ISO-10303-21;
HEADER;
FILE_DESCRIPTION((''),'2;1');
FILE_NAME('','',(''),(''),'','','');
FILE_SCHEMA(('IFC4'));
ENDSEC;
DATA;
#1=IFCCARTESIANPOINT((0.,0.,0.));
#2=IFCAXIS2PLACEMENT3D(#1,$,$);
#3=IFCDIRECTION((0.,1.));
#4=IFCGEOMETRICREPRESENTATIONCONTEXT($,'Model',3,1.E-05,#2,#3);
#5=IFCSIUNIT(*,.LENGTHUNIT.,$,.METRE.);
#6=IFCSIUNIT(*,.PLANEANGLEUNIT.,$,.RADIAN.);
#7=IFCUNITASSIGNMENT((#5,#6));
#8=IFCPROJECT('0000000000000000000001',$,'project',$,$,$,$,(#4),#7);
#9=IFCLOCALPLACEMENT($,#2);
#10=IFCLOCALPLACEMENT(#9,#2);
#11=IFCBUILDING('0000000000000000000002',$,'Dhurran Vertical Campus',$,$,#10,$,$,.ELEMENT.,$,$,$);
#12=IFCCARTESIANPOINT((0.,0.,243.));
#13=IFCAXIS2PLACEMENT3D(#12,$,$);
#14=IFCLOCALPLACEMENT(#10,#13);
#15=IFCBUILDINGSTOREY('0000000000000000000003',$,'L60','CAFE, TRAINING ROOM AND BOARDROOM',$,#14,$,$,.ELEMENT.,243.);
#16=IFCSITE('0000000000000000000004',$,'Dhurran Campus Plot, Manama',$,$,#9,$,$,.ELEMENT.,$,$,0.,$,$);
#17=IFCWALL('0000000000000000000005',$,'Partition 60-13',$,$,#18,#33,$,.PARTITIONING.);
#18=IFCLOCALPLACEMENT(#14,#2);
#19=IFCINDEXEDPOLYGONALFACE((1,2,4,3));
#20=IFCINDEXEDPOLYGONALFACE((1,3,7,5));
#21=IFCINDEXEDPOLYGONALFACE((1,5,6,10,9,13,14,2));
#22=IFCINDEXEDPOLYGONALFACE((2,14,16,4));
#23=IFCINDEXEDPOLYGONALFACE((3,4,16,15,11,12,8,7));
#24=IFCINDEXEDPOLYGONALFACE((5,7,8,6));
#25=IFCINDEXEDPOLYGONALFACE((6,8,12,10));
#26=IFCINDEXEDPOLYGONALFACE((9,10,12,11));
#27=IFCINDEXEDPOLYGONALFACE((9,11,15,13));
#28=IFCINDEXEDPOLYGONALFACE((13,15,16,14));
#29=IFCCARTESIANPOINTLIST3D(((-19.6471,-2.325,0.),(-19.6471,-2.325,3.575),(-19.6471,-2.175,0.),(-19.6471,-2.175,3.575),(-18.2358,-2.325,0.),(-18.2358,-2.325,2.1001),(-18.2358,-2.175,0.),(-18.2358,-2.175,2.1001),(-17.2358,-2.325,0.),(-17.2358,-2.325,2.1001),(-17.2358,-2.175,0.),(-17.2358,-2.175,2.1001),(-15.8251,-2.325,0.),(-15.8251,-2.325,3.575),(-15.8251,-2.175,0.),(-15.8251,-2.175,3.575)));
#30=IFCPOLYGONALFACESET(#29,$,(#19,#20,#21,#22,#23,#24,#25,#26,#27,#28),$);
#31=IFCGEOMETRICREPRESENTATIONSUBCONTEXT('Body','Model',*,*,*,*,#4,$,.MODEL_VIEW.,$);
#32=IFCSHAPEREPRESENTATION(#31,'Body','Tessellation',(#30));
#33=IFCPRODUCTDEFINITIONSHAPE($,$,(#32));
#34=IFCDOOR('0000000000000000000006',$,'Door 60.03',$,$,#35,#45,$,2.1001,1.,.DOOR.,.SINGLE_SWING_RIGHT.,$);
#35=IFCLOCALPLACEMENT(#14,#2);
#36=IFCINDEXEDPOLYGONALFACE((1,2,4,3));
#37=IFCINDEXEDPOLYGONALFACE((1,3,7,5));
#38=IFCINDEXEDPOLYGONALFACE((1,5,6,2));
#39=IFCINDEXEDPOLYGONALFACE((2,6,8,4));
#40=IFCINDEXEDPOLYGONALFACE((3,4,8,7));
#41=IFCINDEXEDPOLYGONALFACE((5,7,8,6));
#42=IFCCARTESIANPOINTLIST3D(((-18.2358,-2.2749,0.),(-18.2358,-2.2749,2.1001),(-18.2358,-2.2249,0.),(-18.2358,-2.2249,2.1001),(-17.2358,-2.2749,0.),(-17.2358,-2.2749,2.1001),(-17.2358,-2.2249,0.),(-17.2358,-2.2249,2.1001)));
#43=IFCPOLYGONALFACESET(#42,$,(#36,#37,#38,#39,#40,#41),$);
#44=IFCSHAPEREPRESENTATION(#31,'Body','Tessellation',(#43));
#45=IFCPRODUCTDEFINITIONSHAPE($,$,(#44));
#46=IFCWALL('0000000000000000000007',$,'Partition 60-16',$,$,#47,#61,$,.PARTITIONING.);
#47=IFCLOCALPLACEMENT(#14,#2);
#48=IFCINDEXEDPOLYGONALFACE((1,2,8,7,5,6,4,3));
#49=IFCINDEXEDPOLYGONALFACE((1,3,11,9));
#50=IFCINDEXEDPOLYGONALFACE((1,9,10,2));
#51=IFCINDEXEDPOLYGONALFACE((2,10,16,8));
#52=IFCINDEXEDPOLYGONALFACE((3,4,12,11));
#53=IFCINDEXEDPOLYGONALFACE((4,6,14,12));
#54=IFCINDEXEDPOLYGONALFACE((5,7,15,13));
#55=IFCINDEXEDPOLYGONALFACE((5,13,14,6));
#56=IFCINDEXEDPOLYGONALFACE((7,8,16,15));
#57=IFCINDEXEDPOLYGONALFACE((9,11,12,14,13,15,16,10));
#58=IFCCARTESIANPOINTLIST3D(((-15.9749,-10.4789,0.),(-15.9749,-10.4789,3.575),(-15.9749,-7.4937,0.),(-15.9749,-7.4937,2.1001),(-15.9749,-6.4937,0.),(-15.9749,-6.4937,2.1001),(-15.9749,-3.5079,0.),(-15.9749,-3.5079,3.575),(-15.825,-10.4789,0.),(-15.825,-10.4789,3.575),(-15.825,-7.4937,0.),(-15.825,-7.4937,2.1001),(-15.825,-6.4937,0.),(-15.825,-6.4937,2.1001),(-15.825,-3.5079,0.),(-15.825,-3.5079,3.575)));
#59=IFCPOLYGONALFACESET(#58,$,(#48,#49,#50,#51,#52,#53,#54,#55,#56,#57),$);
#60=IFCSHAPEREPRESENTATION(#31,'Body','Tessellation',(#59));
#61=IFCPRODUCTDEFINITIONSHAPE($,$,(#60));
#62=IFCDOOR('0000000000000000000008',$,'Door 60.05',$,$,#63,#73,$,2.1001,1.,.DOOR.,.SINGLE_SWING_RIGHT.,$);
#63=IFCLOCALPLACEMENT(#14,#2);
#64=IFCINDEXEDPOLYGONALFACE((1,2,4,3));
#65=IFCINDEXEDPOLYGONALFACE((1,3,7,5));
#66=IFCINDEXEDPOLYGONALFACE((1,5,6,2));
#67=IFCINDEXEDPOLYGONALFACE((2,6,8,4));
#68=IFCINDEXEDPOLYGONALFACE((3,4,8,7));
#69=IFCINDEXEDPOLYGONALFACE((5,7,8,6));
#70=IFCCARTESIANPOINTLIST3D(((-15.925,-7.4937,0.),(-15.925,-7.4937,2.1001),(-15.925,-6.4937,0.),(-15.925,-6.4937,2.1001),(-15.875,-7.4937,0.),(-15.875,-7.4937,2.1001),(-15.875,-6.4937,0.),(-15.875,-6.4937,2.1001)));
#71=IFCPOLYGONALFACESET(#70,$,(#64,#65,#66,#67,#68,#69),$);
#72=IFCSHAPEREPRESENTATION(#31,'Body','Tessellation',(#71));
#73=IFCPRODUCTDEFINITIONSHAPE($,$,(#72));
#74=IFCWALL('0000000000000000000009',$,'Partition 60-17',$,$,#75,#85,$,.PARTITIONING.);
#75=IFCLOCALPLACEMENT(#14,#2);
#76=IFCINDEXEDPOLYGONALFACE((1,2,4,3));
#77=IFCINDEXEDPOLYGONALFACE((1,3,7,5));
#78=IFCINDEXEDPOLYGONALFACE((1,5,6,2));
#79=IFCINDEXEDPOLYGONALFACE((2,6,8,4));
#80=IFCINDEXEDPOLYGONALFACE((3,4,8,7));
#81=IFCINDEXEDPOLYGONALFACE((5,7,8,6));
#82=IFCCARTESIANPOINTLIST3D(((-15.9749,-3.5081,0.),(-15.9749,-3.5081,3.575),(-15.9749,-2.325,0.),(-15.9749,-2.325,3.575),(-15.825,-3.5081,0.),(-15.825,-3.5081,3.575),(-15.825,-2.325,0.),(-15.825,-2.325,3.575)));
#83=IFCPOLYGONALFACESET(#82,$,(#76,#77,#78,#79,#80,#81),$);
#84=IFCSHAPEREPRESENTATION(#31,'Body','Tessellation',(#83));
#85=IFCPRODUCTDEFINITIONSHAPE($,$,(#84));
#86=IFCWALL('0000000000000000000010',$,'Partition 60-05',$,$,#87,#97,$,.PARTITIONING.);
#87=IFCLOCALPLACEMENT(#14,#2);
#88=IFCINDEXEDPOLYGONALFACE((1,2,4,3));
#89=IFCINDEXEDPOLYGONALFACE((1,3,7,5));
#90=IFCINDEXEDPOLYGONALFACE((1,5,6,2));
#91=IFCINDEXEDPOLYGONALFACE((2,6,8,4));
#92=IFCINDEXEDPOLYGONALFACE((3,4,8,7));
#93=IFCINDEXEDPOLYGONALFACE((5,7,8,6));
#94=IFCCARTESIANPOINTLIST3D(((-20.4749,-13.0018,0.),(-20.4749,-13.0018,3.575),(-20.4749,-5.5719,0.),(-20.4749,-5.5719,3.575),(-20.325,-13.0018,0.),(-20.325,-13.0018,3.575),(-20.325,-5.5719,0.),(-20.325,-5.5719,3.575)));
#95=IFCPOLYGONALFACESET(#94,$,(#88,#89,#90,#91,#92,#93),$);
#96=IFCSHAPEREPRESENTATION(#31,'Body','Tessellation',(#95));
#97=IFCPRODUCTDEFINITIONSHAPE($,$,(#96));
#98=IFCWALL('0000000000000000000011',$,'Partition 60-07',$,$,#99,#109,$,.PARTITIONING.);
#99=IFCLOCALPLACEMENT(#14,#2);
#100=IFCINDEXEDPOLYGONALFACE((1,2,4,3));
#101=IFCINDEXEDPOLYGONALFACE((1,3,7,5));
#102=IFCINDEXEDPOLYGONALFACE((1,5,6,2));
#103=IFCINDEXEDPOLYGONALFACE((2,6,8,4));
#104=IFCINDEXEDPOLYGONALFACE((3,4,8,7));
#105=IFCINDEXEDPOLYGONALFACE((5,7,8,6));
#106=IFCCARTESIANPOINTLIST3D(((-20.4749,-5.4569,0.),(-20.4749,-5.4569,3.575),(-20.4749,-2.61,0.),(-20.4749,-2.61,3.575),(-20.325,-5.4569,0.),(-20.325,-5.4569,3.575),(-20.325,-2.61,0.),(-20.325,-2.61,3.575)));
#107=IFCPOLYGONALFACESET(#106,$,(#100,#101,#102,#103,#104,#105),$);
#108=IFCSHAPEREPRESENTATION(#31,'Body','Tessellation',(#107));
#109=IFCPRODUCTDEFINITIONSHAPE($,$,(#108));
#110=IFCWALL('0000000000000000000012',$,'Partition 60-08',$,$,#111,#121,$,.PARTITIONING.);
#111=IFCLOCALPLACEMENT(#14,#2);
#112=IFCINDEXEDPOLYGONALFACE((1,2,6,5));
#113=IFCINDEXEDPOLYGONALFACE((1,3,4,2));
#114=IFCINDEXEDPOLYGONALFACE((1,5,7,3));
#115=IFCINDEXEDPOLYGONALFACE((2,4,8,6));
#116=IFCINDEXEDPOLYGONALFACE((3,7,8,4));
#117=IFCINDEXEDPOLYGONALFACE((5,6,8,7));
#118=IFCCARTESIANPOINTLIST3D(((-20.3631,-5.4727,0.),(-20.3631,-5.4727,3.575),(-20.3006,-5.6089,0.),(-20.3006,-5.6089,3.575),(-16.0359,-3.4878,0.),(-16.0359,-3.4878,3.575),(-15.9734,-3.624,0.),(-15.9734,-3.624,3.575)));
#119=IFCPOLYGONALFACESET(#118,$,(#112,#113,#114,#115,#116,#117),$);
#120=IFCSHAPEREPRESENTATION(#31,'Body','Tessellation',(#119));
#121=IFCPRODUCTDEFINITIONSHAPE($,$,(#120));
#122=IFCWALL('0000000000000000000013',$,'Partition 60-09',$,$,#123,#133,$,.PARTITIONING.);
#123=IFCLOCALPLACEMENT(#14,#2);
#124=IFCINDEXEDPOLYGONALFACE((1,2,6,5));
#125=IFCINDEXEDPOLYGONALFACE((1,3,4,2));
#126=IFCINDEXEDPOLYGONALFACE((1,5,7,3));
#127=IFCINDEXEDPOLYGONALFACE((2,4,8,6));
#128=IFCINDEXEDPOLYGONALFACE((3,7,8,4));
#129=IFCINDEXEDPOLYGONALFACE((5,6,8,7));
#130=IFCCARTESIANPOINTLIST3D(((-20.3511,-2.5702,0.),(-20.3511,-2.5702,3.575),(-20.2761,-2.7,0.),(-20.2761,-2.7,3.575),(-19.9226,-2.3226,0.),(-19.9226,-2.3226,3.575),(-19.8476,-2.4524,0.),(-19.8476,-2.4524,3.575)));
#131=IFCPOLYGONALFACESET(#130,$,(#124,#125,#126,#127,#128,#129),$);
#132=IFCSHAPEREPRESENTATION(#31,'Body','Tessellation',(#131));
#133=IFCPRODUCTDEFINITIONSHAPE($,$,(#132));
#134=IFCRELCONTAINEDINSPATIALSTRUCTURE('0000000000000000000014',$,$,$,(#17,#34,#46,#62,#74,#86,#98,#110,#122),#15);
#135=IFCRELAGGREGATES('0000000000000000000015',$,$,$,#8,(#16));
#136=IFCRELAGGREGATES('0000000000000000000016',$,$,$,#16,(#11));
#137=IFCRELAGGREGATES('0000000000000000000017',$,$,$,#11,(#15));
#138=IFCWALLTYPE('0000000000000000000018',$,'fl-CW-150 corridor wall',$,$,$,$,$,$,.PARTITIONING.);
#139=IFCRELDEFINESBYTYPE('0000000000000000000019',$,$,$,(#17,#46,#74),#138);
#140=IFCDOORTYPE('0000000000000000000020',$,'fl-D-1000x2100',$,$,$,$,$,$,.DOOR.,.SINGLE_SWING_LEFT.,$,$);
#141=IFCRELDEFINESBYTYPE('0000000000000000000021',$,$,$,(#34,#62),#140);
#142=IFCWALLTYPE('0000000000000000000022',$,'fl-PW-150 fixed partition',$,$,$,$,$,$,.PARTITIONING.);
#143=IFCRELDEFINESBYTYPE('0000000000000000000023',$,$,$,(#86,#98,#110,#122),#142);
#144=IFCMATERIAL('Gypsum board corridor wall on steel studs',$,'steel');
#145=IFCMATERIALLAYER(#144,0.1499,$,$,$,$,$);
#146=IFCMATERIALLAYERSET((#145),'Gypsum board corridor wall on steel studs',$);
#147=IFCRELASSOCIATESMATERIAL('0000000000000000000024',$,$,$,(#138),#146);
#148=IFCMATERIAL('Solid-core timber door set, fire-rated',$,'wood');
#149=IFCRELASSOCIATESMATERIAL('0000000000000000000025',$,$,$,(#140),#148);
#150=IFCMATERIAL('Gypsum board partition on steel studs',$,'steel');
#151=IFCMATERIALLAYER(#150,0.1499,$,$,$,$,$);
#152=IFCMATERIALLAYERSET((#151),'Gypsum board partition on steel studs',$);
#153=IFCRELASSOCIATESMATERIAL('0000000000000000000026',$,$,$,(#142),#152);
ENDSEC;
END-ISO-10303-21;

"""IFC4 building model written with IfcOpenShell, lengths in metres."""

from ifc_helpers import new_model, si_unit, direction, frame, frame_2d, origin, place, context, subcontext, project, spatial, rectangle, extrude, material, layer, layer_set, type_object, element, fill, save


model = new_model("IFC4")

# Units and contexts
model_context = context("Model", 3, precision=1e-05, world=origin(), true_north=direction((0.0, 1.0)))
body_context = subcontext(model_context, "Body", "Model", "MODEL_VIEW")
ifc_project = project(units=[si_unit("LENGTHUNIT", "METRE"), si_unit("PLANEANGLEUNIT", "RADIAN")], contexts=[model_context])

# Site, building, storey
site_placement = place(None, origin())
site = spatial("IfcSite", under=ifc_project, at=site_placement, Name="Dhurran Campus Plot, Manama", CompositionType="ELEMENT", RefElevation=0.0)
building_placement = place(site_placement, origin())
building = spatial("IfcBuilding", under=site, at=building_placement, Name="Dhurran Vertical Campus", CompositionType="ELEMENT")
storey_placement = place(building_placement, frame((0.0, 0.0, 243.0)))
storey = spatial("IfcBuildingStorey", under=building, at=storey_placement, Name="L60", Description="CAFE, TRAINING ROOM AND BOARDROOM", CompositionType="ELEMENT", Elevation=243.0)

# Walls, openings, doors
ifc_material_1 = material(Name="Gypsum board corridor wall on steel studs", Category="steel")
ifc_layer_1 = layer(ifc_material_1, 0.1499)
ifc_layer_set_1 = layer_set([ifc_layer_1], Name="Gypsum board corridor wall on steel studs")
wall_type_1 = type_object("IfcWallType", Name="fl-CW-150 corridor wall", PredefinedType="PARTITIONING", material=ifc_layer_set_1)
ifc_material_2 = material(Name="Solid-core timber door set, fire-rated", Category="wood")
door_type_1 = type_object("IfcDoorType", Name="fl-D-1000x2100", OperationType="SINGLE_SWING_LEFT", PredefinedType="DOOR", material=ifc_material_2)
wall_1_placement = place(storey_placement, frame((-15.825, -2.25, 0.0), z_axis=(0.0, 0.0, 1.0), x_axis=(-1.0, 0.0, 0.0)))
wall_1 = element("IfcWall", 1, at=wall_1_placement, inside=storey, type_object=wall_type_1, Name="Partition 60-13", PredefinedType="PARTITIONING", context=body_context, shape_type="SweptSolid", body=[
    extrude(rectangle(XDim=3.822, YDim=0.1499, at=frame_2d((1.9111, 0.0))), origin(), (0.0, 0.0, 1.0), 3.575),
])
opening_1_placement = place(wall_1_placement, frame((1.4109, 0.0, 0.0)))
opening_1 = element("IfcOpeningElement", 2, at=opening_1_placement, cuts=wall_1, PredefinedType="OPENING", context=body_context, shape_type="SweptSolid", body=[
    extrude(rectangle(XDim=1.0, YDim=2.1001, at=frame_2d((0.5, 1.05))), frame((0.0, 0.085, 0.0), z_axis=(0.0, -1.0, 0.0), x_axis=(1.0, 0.0, 0.0)), (0.0, 0.0, 1.0), 0.1699),
])
door_1_placement = place(opening_1_placement, origin())
door_1 = element("IfcDoor", 3, at=door_1_placement, inside=storey, type_object=door_type_1, Name="Door 60.03", OperationType="SINGLE_SWING_RIGHT", OverallHeight=2.1001, OverallWidth=1.0, PredefinedType="DOOR", context=body_context, shape_type="SweptSolid", body=[
    extrude(rectangle(XDim=1.0, YDim=2.1001, at=frame_2d((0.5, 1.05))), frame((0.0, 0.0249, 0.0), z_axis=(0.0, -1.0, 0.0), x_axis=(1.0, 0.0, 0.0)), (0.0, 0.0, 1.0), 0.05),
])
fill(opening_1, door_1)
wall_2_placement = place(storey_placement, frame((-15.8999, -3.5081, 0.0), z_axis=(0.0, 0.0, 1.0), x_axis=(0.0, -1.0, 0.0)))
wall_2 = element("IfcWall", 4, at=wall_2_placement, inside=storey, type_object=wall_type_1, Name="Partition 60-16", PredefinedType="PARTITIONING", context=body_context, shape_type="SweptSolid", body=[
    extrude(rectangle(XDim=6.9709, YDim=0.1499, at=frame_2d((3.4854, 0.0))), origin(), (0.0, 0.0, 1.0), 3.575),
])
opening_2_placement = place(wall_2_placement, frame((2.9856, 0.0, 0.0)))
opening_2 = element("IfcOpeningElement", 5, at=opening_2_placement, cuts=wall_2, PredefinedType="OPENING", context=body_context, shape_type="SweptSolid", body=[
    extrude(rectangle(XDim=1.0, YDim=2.1001, at=frame_2d((0.5, 1.05))), frame((0.0, 0.085, 0.0), z_axis=(0.0, -1.0, 0.0), x_axis=(1.0, 0.0, 0.0)), (0.0, 0.0, 1.0), 0.1699),
])
door_2_placement = place(opening_2_placement, origin())
door_2 = element("IfcDoor", 6, at=door_2_placement, inside=storey, type_object=door_type_1, Name="Door 60.05", OperationType="SINGLE_SWING_RIGHT", OverallHeight=2.1001, OverallWidth=1.0, PredefinedType="DOOR", context=body_context, shape_type="SweptSolid", body=[
    extrude(rectangle(XDim=1.0, YDim=2.1001, at=frame_2d((0.5, 1.05))), frame((0.0, 0.0249, 0.0), z_axis=(0.0, -1.0, 0.0), x_axis=(1.0, 0.0, 0.0)), (0.0, 0.0, 1.0), 0.05),
])
fill(opening_2, door_2)

# Walls
wall_3_placement = place(storey_placement, frame((-15.8999, -2.325, 0.0), z_axis=(0.0, 0.0, 1.0), x_axis=(0.0, -1.0, 0.0)))
element("IfcWall", 7, at=wall_3_placement, inside=storey, type_object=wall_type_1, Name="Partition 60-17", PredefinedType="PARTITIONING", context=body_context, shape_type="SweptSolid", body=[
    extrude(rectangle(XDim=1.1831, YDim=0.1499, at=frame_2d((0.5916, 0.0))), origin(), (0.0, 0.0, 1.0), 3.575),
])
ifc_material_3 = material(Name="Gypsum board partition on steel studs", Category="steel")
ifc_layer_2 = layer(ifc_material_3, 0.1499)
ifc_layer_set_2 = layer_set([ifc_layer_2], Name="Gypsum board partition on steel studs")
wall_type_2 = type_object("IfcWallType", Name="fl-PW-150 fixed partition", PredefinedType="PARTITIONING", material=ifc_layer_set_2)
wall_4_placement = place(storey_placement, frame((-20.3999, -5.572, 0.0), z_axis=(0.0, 0.0, 1.0), x_axis=(0.0, -1.0, 0.0)))
element("IfcWall", 8, at=wall_4_placement, inside=storey, type_object=wall_type_2, Name="Partition 60-05", PredefinedType="PARTITIONING", context=body_context, shape_type="SweptSolid", body=[
    extrude(rectangle(XDim=7.4299, YDim=0.1499, at=frame_2d((3.7148, 0.0))), origin(), (0.0, 0.0, 1.0), 3.575),
])
wall_5_placement = place(storey_placement, frame((-20.3999, -2.6101, 0.0), z_axis=(0.0, 0.0, 1.0), x_axis=(0.0, -1.0, 0.0)))
element("IfcWall", 9, at=wall_5_placement, inside=storey, type_object=wall_type_2, Name="Partition 60-07", PredefinedType="PARTITIONING", context=body_context, shape_type="SweptSolid", body=[
    extrude(rectangle(XDim=2.8469, YDim=0.1499, at=frame_2d((1.4233, 0.0))), origin(), (0.0, 0.0, 1.0), 3.575),
])
wall_6_placement = place(storey_placement, frame((-16.0046, -3.5559, 0.0), z_axis=(0.0, 0.0, 1.0), x_axis=(-0.908939, -0.41693, 0.0)))
element("IfcWall", 10, at=wall_6_placement, inside=storey, type_object=wall_type_2, Name="Partition 60-08", PredefinedType="PARTITIONING", context=body_context, shape_type="SweptSolid", body=[
    extrude(rectangle(XDim=4.7607, YDim=0.1499, at=frame_2d((2.3804, 0.0))), origin(), (0.0, 0.0, 1.0), 3.575),
])
wall_7_placement = place(storey_placement, frame((-19.885, -2.3875, 0.0), z_axis=(0.0, 0.0, 1.0), x_axis=(-0.865865, -0.500278, 0.0)))
element("IfcWall", 11, at=wall_7_placement, inside=storey, type_object=wall_type_2, Name="Partition 60-09", PredefinedType="PARTITIONING", context=body_context, shape_type="SweptSolid", body=[
    extrude(rectangle(XDim=0.4949, YDim=0.1499, at=frame_2d((0.2476, 0.0))), origin(), (0.0, 0.0, 1.0), 3.575),
])

save(model, "model.ifc")
